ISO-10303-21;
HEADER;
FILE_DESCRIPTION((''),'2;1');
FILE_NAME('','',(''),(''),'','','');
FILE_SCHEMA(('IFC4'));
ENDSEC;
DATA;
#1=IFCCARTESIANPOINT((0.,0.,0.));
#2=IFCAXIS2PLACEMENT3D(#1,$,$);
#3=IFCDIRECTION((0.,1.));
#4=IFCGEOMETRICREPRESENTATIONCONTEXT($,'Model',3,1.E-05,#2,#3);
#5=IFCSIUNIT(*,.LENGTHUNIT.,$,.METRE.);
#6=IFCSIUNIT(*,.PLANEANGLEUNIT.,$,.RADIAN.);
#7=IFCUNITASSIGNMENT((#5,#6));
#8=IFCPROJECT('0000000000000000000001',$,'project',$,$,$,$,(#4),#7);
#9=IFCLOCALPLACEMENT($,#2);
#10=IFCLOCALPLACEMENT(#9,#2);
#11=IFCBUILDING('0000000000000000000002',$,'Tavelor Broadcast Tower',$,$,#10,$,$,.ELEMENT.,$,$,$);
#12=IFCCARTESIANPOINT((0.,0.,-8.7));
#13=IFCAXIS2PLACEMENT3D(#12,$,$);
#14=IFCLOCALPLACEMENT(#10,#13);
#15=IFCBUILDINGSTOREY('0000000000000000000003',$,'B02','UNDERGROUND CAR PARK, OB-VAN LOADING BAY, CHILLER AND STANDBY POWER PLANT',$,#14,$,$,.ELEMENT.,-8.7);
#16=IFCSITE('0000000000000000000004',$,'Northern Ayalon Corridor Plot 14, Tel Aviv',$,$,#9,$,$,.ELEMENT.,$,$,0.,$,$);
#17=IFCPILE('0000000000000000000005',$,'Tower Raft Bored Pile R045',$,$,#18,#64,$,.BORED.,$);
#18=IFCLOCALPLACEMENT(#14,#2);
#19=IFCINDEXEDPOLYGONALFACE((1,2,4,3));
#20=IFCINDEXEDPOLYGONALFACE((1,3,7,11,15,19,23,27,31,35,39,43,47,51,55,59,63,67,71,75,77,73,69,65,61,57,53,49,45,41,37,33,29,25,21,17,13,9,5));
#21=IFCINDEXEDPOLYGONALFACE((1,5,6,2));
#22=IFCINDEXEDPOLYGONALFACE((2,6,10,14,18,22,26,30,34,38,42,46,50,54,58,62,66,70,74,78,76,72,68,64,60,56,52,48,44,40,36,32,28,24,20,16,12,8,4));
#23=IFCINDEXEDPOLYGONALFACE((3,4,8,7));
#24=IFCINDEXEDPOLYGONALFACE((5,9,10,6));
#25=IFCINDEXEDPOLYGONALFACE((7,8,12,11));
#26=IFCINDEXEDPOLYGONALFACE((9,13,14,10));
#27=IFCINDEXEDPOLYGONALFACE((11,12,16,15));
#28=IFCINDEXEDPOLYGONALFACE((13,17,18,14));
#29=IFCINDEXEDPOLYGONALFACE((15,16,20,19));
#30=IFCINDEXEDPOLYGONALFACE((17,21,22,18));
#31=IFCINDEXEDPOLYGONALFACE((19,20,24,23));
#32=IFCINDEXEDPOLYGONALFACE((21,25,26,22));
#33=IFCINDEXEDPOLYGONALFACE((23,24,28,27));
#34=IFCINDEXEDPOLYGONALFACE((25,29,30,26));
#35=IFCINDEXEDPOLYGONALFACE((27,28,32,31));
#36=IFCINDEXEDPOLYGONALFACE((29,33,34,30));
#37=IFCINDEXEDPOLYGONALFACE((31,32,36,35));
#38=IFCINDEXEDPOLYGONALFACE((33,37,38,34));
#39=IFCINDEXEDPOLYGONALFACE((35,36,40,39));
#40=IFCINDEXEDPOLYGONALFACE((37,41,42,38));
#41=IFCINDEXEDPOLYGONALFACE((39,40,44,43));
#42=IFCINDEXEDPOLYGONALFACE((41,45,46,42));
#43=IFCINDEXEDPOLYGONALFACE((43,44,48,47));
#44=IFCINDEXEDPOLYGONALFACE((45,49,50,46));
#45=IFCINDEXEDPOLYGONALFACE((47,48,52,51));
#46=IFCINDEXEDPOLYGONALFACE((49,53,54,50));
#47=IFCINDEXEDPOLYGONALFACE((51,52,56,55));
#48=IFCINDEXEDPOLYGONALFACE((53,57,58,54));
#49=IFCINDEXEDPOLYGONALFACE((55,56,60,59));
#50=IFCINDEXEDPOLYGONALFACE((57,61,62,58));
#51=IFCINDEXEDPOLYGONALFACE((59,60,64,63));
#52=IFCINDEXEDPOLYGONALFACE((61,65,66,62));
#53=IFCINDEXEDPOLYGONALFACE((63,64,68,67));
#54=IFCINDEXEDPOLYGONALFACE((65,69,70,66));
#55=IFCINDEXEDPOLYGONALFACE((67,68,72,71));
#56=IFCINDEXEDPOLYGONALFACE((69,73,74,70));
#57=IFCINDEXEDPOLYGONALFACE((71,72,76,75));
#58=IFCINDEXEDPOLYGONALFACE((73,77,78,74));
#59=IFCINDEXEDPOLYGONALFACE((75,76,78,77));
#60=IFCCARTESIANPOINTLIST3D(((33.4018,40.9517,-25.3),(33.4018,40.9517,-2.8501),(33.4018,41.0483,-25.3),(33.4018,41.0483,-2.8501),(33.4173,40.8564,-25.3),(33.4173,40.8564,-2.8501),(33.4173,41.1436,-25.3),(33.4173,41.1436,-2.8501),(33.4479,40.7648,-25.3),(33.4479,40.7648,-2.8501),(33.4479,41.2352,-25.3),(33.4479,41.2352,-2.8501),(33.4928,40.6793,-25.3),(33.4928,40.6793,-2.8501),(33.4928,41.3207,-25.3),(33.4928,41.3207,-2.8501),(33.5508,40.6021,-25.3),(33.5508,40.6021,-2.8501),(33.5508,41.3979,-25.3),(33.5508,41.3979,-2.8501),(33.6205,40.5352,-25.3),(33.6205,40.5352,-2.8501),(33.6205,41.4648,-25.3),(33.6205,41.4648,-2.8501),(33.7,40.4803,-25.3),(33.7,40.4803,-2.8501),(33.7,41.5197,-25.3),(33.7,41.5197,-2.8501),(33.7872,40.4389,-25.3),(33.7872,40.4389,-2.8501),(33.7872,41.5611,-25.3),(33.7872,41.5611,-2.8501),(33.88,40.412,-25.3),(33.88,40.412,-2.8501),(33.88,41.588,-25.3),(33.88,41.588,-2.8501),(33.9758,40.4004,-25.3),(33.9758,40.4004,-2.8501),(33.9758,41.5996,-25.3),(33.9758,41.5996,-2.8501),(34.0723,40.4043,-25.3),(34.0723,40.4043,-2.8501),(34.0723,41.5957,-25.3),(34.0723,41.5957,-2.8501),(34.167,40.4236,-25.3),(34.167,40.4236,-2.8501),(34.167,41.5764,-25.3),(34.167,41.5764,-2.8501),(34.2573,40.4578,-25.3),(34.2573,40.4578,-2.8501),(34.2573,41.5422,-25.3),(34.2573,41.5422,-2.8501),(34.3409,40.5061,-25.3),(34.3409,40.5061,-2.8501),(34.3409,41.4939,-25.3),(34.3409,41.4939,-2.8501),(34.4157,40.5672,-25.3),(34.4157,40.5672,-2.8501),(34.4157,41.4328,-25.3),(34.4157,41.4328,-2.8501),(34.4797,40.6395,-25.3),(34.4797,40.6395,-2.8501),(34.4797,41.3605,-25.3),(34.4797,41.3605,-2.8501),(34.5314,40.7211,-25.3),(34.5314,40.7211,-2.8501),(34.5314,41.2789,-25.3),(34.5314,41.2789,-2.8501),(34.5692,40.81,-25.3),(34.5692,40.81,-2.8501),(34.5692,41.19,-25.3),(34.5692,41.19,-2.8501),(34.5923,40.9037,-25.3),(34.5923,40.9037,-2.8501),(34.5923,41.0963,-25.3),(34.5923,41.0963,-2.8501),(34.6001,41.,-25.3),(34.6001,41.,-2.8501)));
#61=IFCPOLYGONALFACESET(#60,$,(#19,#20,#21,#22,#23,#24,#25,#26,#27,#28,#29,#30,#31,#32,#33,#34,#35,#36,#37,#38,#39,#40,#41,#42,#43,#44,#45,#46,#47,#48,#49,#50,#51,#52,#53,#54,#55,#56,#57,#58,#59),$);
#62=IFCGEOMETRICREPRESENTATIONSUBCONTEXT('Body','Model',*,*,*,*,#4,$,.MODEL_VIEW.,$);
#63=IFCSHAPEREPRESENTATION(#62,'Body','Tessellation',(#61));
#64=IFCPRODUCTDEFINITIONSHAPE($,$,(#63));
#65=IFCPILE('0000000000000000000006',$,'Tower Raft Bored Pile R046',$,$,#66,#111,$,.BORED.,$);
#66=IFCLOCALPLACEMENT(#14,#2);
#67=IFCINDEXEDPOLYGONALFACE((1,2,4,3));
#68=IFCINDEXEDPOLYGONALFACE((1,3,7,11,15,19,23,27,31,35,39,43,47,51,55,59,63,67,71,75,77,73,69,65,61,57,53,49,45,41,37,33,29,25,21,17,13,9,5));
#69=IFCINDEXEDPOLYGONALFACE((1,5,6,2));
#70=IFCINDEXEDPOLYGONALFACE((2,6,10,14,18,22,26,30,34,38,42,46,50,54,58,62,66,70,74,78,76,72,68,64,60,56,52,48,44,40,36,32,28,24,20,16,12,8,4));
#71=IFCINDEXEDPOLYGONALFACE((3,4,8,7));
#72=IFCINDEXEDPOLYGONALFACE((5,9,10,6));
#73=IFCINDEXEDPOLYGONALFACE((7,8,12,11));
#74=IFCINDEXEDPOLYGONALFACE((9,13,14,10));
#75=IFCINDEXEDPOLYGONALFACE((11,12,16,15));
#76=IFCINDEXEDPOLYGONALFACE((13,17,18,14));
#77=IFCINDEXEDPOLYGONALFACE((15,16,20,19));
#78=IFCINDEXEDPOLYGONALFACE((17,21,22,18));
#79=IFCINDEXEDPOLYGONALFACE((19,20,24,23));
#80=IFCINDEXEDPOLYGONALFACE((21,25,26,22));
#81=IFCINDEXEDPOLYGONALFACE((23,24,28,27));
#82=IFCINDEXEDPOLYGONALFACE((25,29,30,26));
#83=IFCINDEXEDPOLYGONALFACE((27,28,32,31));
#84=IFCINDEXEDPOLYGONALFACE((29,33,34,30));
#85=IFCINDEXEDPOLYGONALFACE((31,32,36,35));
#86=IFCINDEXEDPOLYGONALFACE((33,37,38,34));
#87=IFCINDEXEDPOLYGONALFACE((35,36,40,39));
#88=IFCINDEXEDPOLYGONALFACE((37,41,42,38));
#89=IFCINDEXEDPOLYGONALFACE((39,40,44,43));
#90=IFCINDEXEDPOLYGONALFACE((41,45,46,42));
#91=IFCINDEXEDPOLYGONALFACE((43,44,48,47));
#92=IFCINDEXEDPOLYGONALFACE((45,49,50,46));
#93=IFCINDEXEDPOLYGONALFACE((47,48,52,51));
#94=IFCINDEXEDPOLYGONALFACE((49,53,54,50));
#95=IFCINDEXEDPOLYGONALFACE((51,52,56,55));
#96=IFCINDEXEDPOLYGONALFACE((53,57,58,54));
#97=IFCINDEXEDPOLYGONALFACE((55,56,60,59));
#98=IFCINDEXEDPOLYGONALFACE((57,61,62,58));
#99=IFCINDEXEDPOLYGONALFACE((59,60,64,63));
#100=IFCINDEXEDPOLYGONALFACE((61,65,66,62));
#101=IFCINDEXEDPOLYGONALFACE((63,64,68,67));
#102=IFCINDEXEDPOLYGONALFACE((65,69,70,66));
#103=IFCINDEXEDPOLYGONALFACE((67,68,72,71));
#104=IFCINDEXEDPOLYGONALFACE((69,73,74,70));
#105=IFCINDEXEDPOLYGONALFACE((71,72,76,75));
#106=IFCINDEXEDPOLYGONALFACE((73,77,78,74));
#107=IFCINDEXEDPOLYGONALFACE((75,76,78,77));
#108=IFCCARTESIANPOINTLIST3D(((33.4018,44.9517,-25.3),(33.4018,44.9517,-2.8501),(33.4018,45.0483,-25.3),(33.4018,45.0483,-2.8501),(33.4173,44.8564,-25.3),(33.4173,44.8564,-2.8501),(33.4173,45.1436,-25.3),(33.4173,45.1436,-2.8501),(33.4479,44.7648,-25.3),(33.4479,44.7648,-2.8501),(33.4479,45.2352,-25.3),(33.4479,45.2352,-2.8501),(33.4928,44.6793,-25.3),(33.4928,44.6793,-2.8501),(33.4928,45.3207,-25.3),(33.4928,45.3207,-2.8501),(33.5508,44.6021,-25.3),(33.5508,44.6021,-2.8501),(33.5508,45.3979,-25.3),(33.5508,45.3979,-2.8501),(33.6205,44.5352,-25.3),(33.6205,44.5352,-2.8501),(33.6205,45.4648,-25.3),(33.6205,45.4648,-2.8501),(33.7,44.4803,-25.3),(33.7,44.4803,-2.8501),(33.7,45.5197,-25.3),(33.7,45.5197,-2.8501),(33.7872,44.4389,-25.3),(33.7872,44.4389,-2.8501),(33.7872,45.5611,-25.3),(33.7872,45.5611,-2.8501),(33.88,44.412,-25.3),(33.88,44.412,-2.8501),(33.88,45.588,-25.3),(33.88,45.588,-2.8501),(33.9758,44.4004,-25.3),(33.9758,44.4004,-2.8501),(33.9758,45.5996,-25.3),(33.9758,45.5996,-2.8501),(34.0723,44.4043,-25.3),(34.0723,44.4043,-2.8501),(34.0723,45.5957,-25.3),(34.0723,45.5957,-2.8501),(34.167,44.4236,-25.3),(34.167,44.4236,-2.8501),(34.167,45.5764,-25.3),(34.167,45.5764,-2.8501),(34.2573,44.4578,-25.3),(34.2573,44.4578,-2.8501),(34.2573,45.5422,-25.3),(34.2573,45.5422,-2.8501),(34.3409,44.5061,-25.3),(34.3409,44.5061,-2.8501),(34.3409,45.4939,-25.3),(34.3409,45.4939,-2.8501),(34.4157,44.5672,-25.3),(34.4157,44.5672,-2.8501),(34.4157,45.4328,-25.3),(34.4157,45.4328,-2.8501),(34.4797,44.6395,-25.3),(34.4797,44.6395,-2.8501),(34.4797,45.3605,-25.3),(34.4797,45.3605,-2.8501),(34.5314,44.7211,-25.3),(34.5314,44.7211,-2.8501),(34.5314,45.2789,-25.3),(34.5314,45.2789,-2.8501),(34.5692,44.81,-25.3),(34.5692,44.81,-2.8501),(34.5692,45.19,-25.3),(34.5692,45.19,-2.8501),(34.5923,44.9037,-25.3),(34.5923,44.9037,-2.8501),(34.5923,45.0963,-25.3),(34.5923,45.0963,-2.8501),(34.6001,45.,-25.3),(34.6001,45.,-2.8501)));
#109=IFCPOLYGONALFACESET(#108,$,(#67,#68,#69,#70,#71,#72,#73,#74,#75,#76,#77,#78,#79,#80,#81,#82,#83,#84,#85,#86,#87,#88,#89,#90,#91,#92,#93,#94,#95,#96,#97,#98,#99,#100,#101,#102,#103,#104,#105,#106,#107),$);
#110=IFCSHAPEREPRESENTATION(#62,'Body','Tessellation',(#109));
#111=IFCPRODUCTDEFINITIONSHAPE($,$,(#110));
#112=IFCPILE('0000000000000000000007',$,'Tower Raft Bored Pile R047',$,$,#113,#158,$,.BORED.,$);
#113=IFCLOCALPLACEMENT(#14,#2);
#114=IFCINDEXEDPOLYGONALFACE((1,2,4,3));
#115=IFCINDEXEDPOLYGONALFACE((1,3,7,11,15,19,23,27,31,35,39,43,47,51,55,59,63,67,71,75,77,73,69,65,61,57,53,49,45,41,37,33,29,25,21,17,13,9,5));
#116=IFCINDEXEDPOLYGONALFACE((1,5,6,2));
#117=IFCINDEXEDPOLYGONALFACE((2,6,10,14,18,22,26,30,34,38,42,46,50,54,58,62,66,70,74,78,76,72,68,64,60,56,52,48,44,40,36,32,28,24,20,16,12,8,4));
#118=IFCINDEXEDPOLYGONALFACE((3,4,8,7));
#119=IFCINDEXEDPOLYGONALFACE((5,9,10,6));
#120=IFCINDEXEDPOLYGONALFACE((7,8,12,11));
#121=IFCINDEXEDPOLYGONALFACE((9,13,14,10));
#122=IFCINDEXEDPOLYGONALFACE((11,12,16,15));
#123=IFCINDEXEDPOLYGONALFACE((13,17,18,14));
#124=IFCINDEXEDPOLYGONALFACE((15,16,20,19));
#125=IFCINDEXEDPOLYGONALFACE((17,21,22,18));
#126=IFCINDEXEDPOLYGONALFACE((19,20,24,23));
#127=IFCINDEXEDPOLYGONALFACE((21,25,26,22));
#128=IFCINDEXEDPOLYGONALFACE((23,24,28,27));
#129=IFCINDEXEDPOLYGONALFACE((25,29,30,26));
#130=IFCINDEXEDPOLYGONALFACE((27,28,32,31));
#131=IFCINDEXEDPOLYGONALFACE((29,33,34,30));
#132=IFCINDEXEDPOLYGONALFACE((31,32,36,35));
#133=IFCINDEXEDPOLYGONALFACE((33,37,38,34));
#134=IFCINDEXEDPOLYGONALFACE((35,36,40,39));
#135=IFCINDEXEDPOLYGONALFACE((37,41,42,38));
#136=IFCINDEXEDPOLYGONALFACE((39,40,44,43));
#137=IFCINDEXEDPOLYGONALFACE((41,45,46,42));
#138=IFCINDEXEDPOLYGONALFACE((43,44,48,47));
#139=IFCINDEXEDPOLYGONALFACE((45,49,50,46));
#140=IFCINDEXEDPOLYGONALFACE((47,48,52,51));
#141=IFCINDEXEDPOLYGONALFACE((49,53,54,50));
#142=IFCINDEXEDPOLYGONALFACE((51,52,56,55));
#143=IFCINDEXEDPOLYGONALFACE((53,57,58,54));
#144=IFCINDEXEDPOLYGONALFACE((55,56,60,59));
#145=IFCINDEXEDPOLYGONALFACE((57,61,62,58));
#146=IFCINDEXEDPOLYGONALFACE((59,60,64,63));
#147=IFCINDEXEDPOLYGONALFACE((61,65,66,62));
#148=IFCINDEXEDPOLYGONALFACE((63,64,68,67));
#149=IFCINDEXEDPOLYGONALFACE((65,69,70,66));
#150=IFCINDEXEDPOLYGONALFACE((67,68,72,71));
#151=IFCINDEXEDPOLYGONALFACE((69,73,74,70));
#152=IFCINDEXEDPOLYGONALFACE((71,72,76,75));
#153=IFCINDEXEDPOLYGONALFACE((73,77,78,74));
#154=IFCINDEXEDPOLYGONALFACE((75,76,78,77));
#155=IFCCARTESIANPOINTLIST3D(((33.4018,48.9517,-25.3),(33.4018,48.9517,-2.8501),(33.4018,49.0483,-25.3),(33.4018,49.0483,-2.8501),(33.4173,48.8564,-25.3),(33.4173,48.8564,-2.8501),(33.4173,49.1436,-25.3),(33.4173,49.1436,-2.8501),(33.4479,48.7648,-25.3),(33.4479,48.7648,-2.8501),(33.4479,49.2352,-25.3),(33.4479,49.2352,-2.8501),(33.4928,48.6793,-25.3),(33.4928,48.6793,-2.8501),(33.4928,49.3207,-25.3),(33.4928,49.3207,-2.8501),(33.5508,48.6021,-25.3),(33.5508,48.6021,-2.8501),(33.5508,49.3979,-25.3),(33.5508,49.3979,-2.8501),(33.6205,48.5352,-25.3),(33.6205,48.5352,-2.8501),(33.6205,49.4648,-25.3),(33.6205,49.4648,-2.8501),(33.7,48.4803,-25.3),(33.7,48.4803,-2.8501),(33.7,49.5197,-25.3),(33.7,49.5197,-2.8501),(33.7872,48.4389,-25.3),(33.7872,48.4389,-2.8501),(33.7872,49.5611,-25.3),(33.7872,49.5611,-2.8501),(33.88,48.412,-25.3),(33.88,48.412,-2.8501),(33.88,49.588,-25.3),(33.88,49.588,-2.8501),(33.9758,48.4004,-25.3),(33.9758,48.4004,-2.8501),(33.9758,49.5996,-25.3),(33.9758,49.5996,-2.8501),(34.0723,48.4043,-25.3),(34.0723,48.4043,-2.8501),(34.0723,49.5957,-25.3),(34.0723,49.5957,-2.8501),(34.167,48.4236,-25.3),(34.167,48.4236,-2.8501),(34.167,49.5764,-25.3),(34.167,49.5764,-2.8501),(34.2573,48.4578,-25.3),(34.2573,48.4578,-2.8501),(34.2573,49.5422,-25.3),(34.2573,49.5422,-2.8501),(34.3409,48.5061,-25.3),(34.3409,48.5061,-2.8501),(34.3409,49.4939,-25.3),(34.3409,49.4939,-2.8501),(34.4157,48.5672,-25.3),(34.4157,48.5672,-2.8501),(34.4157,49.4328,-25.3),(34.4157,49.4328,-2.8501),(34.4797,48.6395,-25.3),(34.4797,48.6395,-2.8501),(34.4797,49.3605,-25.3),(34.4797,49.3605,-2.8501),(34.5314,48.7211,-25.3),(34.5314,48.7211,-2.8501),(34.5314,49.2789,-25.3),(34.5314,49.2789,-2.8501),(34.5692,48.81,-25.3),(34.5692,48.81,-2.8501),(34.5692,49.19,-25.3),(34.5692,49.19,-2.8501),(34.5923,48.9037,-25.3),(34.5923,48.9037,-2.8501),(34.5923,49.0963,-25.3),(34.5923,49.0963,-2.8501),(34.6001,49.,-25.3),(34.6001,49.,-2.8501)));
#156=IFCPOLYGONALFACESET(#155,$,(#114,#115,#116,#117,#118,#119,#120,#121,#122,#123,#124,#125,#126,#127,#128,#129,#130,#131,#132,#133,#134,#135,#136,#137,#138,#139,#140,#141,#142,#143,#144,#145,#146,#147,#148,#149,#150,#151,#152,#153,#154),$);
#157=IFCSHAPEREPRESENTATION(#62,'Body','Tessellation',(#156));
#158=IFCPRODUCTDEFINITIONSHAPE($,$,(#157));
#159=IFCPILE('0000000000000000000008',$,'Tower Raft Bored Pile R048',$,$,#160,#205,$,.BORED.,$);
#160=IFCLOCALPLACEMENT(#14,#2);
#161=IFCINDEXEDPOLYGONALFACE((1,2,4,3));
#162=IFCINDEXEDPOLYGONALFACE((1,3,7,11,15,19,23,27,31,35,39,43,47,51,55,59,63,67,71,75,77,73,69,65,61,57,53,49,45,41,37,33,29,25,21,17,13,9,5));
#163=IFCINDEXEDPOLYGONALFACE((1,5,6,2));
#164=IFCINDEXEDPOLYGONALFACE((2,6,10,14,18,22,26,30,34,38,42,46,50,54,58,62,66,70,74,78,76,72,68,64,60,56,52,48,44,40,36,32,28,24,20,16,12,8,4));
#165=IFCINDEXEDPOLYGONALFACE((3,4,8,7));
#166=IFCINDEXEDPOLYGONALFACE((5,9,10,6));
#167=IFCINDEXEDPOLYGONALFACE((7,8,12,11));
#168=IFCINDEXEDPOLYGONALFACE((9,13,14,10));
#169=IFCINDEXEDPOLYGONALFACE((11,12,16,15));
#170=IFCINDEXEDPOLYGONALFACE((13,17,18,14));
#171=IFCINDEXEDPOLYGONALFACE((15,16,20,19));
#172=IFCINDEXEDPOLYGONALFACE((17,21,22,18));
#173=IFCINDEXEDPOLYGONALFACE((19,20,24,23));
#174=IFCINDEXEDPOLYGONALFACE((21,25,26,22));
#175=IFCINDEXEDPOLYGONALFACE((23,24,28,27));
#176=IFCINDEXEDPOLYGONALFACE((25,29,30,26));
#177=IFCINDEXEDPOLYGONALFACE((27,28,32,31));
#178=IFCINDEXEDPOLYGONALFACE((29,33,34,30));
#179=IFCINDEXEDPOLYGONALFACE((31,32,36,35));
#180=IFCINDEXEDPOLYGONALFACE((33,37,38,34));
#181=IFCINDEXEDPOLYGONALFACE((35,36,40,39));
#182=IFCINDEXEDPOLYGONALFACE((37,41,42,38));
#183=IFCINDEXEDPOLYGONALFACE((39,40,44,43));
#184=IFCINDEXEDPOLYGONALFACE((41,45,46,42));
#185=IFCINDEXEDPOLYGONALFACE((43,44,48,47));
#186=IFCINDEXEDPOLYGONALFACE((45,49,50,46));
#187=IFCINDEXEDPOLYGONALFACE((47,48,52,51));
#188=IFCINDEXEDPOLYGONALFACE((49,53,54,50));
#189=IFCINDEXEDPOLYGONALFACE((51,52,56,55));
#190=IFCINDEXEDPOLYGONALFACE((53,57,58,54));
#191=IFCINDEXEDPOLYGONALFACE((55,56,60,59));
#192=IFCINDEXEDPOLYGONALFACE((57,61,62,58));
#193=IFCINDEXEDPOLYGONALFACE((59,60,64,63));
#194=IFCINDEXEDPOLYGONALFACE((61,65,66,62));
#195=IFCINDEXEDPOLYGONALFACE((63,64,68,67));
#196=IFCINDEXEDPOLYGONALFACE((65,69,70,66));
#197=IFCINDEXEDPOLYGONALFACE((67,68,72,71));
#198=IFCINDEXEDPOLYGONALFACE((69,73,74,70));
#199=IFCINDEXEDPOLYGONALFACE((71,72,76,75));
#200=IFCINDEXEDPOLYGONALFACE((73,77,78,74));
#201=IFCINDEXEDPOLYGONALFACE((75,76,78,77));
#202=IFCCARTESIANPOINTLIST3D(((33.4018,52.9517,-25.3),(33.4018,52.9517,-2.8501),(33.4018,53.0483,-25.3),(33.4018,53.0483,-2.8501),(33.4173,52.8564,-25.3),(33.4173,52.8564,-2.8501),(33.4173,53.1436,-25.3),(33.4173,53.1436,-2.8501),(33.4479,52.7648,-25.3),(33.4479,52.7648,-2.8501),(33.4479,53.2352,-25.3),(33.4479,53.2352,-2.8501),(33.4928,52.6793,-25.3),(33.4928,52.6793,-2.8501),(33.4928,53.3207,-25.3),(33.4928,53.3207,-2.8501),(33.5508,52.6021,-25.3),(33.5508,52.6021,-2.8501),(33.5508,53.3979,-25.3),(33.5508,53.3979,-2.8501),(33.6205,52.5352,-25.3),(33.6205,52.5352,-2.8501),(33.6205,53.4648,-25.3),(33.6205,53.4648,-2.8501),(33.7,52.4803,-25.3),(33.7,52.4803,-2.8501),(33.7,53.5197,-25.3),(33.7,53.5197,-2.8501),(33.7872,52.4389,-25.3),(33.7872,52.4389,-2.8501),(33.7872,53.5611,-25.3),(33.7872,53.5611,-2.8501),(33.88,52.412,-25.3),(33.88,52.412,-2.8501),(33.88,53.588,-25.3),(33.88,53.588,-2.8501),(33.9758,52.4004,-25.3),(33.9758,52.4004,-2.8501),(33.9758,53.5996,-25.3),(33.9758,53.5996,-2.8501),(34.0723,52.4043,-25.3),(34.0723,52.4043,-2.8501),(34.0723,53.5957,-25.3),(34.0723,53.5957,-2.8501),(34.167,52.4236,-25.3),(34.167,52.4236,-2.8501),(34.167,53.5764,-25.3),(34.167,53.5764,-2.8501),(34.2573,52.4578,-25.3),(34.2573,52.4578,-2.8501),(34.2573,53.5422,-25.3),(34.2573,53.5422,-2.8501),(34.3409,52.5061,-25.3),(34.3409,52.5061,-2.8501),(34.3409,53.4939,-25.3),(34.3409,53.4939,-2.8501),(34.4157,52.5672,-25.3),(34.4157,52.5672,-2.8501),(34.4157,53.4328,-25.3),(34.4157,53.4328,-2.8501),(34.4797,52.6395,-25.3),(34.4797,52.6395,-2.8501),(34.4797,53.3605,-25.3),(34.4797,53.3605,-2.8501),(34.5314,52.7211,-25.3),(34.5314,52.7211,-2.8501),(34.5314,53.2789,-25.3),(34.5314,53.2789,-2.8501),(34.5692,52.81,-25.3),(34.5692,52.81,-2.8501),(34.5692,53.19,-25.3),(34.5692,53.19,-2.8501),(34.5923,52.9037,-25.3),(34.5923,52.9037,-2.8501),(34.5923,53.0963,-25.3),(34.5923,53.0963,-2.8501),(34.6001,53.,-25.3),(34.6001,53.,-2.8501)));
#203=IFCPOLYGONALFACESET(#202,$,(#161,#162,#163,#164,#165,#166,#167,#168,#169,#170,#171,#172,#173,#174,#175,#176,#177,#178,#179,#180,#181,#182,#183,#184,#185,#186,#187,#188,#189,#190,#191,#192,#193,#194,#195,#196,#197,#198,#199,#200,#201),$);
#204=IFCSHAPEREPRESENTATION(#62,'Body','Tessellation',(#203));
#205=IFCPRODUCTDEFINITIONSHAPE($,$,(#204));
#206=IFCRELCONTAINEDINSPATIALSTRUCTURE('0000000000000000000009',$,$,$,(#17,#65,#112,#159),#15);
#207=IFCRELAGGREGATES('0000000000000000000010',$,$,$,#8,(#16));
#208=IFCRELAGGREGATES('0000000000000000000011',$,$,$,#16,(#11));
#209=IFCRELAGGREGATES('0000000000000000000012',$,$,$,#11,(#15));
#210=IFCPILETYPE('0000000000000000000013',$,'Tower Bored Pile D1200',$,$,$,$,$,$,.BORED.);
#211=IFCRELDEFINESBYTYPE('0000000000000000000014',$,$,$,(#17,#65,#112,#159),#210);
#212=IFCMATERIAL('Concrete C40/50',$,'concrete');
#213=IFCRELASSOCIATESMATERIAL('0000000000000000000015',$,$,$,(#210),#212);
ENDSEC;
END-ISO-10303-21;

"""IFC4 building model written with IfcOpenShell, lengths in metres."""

from ifc_helpers import new_model, si_unit, direction, frame, origin, origin_2d, place, context, subcontext, project, spatial, circle, extrude, material, material_profile, profile_set, type_object, element, save


model = new_model("IFC4")

# Units and contexts
model_context = context("Model", 3, precision=1e-05, world=origin(), true_north=direction((0.0, 1.0)))
body_context = subcontext(model_context, "Body", "Model", "MODEL_VIEW")
ifc_project = project(units=[si_unit("LENGTHUNIT", "METRE"), si_unit("PLANEANGLEUNIT", "RADIAN")], contexts=[model_context])

# Site, building, storey
site_placement = place(None, origin())
site = spatial("IfcSite", under=ifc_project, at=site_placement, Name="Northern Ayalon Corridor Plot 14, Tel Aviv", CompositionType="ELEMENT", RefElevation=0.0)
building_placement = place(site_placement, origin())
building = spatial("IfcBuilding", under=site, at=building_placement, Name="Tavelor Broadcast Tower", CompositionType="ELEMENT")
storey_placement = place(building_placement, frame((0.0, 0.0, -8.7)))
storey = spatial("IfcBuildingStorey", under=building, at=storey_placement, Name="B02", Description="UNDERGROUND CAR PARK, OB-VAN LOADING BAY, CHILLER AND STANDBY POWER PLANT", CompositionType="ELEMENT", Elevation=-8.7)

# Piles
ifc_material_1 = material(Name="Concrete C40/50", Category="concrete")
ifc_material_profile_1 = material_profile(ifc_material_1, circle(Radius=0.6001, at=origin_2d()), Name="PILE D1200")
ifc_profile_set_1 = profile_set([ifc_material_profile_1], Name="Concrete C40/50")
pile_type = type_object("IfcPileType", Name="Tower Bored Pile D1200", PredefinedType="BORED", material=ifc_profile_set_1)
for number, where, z_axis, x_axis, name in (
    (1, (34.0, 41.0, -2.8501), (0.0, 0.0, -1.0), (1.0, 0.0, 0.0), "Tower Raft Bored Pile R045"),
    (2, (34.0, 45.0, -2.8501), (0.0, 0.0, -1.0), (1.0, 0.0, 0.0), "Tower Raft Bored Pile R046"),
    (3, (34.0, 49.0, -2.8501), (0.0, 0.0, -1.0), (1.0, 0.0, 0.0), "Tower Raft Bored Pile R047"),
    (4, (34.0, 53.0, -2.8501), (0.0, 0.0, -1.0), (1.0, 0.0, 0.0), "Tower Raft Bored Pile R048"),
):
    element("IfcPile", number, at=place(storey_placement, frame(where, z_axis=z_axis, x_axis=x_axis)), inside=storey, type_object=pile_type, Name=name, PredefinedType="BORED", context=body_context, shape_type="SweptSolid", body=[
        extrude(circle(Radius=0.6001, at=origin_2d()), origin(), (0.0, 0.0, 1.0), 22.45),
    ])

save(model, "model.ifc")
